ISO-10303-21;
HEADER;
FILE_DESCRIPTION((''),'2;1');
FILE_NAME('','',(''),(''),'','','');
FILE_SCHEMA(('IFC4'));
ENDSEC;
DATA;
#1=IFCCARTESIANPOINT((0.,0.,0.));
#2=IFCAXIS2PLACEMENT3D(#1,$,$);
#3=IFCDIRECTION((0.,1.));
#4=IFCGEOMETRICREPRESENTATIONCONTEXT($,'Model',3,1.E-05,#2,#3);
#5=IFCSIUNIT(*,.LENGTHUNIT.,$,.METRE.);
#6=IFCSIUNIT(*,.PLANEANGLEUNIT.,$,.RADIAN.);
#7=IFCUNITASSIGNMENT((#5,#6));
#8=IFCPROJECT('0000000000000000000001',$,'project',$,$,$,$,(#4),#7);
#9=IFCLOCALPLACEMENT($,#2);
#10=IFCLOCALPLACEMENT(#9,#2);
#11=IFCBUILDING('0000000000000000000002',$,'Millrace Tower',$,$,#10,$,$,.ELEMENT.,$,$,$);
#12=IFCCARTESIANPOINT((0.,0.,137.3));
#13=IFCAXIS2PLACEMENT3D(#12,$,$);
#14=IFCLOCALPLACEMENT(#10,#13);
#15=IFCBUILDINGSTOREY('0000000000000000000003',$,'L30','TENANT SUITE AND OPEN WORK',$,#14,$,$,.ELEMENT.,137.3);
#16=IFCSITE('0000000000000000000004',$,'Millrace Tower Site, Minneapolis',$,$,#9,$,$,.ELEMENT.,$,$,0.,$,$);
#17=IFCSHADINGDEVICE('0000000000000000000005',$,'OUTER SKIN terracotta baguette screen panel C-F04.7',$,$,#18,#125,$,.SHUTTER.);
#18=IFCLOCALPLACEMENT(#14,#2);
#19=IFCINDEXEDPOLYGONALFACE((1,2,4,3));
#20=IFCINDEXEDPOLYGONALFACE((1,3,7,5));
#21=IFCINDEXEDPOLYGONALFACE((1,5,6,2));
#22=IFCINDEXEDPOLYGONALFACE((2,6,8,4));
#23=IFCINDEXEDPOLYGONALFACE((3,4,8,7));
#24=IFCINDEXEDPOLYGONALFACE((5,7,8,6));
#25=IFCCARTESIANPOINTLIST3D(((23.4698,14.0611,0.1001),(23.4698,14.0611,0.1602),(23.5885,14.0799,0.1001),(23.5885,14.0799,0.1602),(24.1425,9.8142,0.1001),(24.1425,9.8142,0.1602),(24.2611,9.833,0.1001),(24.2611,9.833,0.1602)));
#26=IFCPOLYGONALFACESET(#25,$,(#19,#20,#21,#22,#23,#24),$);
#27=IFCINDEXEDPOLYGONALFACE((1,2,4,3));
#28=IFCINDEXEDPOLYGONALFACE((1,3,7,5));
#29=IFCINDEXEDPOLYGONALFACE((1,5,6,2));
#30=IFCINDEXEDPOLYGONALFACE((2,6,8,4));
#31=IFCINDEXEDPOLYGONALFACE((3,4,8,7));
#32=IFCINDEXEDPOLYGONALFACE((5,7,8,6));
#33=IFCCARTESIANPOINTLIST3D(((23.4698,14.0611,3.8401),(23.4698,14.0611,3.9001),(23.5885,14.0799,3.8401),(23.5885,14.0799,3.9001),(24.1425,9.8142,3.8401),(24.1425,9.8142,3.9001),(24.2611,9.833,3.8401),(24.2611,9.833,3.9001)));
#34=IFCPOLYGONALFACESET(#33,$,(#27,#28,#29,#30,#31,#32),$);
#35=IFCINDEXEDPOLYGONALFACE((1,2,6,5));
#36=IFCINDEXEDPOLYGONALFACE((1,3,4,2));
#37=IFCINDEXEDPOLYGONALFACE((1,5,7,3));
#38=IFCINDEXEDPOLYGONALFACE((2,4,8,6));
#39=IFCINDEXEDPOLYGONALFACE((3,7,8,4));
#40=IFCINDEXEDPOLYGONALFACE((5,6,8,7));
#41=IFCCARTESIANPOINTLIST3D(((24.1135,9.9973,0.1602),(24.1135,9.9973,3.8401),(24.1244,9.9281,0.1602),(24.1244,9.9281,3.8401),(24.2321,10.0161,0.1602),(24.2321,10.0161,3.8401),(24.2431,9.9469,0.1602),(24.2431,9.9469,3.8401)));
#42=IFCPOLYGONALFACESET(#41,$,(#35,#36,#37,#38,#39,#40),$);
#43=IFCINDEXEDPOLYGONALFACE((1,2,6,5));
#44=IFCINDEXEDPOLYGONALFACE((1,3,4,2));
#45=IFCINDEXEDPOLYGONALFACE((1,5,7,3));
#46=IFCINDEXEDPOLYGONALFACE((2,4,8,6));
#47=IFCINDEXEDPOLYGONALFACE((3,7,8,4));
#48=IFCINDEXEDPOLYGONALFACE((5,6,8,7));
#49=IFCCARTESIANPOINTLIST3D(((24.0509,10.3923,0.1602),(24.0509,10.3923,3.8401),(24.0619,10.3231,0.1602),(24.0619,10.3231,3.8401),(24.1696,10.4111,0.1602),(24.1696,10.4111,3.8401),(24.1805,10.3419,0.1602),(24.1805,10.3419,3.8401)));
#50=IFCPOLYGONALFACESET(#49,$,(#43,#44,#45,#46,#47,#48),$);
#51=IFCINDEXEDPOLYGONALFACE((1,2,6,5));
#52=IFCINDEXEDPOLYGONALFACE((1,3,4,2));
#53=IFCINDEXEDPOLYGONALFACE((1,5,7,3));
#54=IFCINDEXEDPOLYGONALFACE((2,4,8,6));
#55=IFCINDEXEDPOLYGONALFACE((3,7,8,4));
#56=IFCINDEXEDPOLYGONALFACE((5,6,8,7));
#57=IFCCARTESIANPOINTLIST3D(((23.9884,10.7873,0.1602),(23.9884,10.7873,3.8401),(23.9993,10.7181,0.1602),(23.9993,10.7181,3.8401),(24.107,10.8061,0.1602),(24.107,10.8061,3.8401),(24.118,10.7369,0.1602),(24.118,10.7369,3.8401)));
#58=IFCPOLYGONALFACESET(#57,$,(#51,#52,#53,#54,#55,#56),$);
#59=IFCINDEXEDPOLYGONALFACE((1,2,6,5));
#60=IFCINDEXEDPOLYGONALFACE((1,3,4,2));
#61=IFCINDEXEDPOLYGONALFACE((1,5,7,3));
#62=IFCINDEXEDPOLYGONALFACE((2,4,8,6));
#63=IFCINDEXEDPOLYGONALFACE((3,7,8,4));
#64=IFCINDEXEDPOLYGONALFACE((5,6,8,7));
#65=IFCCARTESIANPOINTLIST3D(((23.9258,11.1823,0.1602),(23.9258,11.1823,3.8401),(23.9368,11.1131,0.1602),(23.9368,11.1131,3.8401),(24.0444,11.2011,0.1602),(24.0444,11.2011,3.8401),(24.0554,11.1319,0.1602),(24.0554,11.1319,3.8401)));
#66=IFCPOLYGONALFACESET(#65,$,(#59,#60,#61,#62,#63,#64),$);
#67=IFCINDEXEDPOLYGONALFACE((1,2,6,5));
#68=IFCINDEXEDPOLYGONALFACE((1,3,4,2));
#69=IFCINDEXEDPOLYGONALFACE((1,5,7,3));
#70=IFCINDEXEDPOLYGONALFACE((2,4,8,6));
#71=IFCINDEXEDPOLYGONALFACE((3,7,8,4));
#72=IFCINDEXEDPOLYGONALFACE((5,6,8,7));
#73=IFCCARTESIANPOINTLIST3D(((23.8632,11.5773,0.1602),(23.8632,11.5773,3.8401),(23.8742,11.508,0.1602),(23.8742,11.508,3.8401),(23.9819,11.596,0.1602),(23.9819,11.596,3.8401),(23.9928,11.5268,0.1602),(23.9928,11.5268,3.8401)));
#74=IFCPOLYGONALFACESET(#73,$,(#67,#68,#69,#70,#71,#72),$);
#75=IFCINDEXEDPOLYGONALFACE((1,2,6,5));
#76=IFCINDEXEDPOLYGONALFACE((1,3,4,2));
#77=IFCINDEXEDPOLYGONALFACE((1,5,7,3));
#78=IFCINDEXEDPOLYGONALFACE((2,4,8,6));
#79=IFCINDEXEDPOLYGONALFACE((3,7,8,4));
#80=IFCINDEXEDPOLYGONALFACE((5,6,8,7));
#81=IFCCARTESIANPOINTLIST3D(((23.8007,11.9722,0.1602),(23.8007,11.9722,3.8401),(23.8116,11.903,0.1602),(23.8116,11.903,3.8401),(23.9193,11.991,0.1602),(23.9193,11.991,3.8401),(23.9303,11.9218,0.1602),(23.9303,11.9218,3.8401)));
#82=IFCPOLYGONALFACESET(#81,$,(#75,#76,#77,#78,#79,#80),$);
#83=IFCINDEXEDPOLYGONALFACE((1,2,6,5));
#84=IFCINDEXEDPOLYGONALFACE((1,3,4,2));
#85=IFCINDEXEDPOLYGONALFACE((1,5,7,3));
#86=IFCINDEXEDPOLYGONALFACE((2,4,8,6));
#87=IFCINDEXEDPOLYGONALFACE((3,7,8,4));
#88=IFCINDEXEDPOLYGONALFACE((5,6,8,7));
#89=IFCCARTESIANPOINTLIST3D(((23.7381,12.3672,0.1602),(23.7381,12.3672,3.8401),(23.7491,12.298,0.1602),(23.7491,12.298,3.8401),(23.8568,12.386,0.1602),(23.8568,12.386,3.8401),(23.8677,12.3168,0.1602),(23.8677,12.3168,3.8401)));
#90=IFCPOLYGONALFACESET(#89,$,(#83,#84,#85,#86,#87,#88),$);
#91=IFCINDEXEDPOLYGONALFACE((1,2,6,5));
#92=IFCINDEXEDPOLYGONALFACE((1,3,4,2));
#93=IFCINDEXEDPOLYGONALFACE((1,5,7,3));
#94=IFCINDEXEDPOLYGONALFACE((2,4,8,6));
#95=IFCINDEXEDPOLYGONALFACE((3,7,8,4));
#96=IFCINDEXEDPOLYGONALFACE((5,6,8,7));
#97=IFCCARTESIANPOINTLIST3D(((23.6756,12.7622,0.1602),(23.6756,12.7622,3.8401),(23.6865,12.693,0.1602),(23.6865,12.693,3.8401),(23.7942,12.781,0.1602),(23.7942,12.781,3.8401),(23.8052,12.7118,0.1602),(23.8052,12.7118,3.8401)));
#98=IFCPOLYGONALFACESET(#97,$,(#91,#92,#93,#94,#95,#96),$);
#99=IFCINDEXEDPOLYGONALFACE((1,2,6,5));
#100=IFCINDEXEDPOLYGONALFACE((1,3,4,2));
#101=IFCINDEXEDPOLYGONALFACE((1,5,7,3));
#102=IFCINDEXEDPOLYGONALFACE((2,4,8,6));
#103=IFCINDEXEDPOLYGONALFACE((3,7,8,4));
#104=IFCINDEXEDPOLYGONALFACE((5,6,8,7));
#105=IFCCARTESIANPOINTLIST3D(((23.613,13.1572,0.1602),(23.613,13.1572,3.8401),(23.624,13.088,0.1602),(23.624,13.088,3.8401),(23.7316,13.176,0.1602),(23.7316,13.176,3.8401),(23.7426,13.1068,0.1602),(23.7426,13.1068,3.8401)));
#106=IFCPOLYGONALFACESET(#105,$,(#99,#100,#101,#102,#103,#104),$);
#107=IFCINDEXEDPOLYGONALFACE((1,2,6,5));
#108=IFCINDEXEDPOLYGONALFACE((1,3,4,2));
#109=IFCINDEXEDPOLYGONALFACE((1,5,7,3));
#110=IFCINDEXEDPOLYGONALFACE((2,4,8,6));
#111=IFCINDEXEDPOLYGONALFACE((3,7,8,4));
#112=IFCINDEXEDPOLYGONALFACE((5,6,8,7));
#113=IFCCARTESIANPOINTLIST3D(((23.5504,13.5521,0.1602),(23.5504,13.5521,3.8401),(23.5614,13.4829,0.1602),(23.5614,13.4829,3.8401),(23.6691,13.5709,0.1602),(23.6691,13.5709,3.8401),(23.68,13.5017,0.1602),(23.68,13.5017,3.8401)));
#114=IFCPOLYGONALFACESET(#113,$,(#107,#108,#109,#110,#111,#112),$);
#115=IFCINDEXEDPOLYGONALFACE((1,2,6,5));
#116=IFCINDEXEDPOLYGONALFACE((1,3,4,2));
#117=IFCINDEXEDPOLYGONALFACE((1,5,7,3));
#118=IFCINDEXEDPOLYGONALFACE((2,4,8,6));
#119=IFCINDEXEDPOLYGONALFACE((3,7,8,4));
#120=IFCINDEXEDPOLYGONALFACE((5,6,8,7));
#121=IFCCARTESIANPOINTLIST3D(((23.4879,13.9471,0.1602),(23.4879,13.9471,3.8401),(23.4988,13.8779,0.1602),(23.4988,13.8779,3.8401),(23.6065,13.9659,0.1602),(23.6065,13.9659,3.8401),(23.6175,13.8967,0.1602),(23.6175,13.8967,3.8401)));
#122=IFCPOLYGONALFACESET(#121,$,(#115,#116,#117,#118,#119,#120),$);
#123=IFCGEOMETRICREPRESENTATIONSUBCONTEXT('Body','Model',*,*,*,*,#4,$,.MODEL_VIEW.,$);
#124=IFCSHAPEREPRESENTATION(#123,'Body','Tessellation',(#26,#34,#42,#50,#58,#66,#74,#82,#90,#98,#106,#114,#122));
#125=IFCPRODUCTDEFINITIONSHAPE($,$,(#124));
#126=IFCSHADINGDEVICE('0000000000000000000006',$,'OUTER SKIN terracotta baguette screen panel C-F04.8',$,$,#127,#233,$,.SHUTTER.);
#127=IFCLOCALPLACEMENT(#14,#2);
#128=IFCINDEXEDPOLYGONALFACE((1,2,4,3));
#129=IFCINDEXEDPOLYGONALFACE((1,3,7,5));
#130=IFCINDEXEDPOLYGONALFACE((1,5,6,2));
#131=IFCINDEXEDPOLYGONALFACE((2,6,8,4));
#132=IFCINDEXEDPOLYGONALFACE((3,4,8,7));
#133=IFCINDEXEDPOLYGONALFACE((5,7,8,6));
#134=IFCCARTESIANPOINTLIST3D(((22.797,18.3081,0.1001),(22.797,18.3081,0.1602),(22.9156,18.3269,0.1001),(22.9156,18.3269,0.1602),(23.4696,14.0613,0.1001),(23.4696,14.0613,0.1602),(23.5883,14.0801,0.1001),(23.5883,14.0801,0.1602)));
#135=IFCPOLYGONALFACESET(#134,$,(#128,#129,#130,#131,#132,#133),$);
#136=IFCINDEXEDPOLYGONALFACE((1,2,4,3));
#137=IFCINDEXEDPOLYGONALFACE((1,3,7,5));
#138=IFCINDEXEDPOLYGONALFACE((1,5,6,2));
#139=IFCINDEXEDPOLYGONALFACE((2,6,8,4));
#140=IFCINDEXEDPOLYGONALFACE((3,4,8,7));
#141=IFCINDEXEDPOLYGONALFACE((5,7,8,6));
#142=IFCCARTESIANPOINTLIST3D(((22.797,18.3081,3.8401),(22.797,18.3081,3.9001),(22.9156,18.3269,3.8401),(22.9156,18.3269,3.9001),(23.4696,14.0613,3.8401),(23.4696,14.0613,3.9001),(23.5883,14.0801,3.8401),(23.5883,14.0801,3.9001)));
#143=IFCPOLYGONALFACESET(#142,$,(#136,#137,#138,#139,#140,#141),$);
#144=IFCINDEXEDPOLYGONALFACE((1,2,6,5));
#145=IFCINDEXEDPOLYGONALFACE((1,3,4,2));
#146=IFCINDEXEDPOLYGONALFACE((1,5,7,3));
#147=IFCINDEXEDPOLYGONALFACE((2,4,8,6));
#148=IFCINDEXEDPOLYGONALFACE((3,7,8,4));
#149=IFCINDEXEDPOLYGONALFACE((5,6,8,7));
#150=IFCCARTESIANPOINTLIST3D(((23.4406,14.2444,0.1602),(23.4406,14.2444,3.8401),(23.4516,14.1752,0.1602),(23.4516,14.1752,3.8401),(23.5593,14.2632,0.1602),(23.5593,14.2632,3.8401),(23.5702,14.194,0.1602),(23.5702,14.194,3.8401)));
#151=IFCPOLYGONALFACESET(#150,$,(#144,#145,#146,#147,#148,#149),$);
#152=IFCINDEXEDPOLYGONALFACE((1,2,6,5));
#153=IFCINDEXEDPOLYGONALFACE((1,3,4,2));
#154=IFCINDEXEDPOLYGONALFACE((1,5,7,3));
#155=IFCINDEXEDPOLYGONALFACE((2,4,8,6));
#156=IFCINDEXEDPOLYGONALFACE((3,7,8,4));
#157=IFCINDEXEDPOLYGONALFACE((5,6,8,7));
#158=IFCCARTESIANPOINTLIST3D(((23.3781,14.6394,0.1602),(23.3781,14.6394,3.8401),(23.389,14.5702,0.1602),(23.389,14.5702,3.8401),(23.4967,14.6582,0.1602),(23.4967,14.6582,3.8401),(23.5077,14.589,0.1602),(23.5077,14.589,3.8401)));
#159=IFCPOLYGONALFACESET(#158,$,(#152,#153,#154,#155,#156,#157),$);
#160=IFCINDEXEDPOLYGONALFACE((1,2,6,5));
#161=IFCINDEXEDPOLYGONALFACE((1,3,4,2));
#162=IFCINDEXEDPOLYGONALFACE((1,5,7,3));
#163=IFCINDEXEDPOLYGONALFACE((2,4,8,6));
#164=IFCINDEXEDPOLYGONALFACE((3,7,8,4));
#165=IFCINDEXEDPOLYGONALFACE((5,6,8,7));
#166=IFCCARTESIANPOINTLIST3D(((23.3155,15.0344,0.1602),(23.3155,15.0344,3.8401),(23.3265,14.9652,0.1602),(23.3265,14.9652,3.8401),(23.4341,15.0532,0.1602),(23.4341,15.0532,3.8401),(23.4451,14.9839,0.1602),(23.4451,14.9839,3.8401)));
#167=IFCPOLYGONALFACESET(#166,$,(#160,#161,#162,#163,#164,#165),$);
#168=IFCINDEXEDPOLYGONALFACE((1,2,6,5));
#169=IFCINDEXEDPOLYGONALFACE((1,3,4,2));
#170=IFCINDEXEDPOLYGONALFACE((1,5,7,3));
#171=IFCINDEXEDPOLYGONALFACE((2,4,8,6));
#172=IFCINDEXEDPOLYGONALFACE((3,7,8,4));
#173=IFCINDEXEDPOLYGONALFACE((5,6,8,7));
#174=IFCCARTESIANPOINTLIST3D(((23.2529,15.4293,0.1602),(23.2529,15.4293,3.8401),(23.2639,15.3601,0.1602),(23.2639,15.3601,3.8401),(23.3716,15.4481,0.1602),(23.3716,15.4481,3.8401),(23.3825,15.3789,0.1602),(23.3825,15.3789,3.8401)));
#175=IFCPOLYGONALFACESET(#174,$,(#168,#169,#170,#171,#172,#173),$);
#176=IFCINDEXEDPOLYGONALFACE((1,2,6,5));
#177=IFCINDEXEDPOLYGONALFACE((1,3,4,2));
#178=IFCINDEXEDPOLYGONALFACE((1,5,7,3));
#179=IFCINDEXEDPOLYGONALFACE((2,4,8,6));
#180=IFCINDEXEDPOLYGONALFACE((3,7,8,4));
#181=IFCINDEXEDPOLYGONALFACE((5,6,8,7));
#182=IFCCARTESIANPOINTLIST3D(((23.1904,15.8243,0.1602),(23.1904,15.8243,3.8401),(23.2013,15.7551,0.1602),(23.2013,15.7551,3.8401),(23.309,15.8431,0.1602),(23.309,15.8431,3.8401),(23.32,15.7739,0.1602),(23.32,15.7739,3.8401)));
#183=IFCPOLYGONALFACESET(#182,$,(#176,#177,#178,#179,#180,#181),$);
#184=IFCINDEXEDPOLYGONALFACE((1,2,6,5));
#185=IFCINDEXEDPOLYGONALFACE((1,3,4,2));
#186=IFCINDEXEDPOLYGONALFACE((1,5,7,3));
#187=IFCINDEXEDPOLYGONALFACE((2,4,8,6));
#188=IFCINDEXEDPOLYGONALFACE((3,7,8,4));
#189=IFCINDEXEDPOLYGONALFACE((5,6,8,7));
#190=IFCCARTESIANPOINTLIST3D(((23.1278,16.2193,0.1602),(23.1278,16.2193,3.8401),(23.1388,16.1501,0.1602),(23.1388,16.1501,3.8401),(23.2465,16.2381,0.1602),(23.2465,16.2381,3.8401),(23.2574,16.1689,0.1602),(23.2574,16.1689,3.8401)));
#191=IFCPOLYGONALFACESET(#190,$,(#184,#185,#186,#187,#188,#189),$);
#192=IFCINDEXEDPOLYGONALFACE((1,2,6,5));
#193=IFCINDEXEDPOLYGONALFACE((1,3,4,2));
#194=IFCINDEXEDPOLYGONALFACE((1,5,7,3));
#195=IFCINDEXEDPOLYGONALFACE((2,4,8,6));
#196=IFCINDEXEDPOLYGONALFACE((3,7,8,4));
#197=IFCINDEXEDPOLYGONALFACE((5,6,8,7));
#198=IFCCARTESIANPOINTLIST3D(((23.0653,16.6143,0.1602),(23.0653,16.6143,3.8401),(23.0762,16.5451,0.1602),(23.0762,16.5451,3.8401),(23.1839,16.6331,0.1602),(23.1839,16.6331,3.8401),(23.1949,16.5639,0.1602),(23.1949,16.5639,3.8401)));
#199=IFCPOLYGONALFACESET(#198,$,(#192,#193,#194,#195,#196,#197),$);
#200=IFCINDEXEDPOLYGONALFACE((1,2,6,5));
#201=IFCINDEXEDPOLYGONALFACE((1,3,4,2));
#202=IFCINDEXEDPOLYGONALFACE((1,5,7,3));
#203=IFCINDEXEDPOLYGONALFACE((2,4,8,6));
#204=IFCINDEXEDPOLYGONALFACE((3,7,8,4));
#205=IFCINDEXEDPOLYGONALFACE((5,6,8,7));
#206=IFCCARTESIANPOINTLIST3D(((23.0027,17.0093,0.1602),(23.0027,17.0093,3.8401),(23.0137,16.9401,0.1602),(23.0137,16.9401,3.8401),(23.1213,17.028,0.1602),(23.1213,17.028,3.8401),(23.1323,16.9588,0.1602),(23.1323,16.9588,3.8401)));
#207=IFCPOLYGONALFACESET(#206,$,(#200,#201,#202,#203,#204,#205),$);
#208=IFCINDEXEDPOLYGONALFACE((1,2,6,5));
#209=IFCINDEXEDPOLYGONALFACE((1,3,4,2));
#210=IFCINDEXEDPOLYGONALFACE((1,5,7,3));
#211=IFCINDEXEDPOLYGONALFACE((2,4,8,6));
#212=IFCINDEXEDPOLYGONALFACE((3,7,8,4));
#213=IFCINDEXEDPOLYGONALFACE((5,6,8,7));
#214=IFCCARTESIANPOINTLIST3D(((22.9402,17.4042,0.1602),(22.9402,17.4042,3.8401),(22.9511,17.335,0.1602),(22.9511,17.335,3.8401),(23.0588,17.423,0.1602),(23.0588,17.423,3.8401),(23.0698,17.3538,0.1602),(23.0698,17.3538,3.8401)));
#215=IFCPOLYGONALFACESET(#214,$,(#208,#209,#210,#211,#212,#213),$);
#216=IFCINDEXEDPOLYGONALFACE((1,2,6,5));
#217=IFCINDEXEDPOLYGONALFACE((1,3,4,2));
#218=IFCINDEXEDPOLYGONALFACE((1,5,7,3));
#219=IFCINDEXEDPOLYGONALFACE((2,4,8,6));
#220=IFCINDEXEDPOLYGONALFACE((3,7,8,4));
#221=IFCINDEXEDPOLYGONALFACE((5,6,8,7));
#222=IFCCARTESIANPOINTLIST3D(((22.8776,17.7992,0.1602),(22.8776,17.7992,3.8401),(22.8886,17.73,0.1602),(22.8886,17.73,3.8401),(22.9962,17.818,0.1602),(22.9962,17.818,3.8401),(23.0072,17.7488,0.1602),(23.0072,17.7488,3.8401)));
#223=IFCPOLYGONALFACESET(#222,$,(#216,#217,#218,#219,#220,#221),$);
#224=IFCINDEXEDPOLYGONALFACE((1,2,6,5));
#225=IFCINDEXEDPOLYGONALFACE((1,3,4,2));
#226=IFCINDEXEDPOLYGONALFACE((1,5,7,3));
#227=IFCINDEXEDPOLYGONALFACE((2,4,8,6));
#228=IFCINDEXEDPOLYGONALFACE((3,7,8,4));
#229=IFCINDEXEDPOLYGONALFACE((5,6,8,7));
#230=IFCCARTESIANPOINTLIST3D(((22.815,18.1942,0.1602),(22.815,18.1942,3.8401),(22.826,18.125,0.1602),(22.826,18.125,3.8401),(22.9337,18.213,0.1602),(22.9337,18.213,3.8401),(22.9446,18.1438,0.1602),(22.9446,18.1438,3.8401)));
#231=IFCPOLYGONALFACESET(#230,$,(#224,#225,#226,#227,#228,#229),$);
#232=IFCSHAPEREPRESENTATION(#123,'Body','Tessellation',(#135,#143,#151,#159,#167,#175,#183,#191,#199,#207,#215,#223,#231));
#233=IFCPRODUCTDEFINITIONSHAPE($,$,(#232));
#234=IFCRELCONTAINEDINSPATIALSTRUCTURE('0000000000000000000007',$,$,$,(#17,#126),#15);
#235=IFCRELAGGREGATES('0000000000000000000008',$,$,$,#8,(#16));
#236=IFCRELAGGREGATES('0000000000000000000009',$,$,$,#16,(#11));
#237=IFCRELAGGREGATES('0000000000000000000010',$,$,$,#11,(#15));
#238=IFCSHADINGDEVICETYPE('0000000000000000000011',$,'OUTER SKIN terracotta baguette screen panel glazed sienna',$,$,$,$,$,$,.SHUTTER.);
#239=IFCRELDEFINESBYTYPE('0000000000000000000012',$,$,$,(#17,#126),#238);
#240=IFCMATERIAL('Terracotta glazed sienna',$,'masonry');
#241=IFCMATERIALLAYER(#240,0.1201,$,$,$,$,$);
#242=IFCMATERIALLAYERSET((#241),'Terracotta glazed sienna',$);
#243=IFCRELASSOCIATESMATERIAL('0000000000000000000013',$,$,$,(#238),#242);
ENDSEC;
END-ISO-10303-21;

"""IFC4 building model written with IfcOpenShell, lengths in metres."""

from ifc_helpers import new_model, entity, si_unit, direction, frame, frame_2d, origin, origin_2d, place, context, subcontext, project, spatial, rectangle, extrude, source, transform, mapped, material, layer, layer_set, type_object, element, save


model = new_model("IFC4")

# Units and contexts
model_context = context("Model", 3, precision=1e-05, world=origin(), true_north=direction((0.0, 1.0)))
body_context = subcontext(model_context, "Body", "Model", "MODEL_VIEW")
ifc_project = project(units=[si_unit("LENGTHUNIT", "METRE"), si_unit("PLANEANGLEUNIT", "RADIAN")], contexts=[model_context])

# Site, building, storey
site_placement = place(None, origin())
site = spatial("IfcSite", under=ifc_project, at=site_placement, Name="Millrace Tower Site, Minneapolis", CompositionType="ELEMENT", RefElevation=0.0)
building_placement = place(site_placement, origin())
building = spatial("IfcBuilding", under=site, at=building_placement, Name="Millrace Tower", CompositionType="ELEMENT")
storey_placement = place(building_placement, frame((0.0, 0.0, 137.3)))
storey = spatial("IfcBuildingStorey", under=building, at=storey_placement, Name="L30", Description="TENANT SUITE AND OPEN WORK", CompositionType="ELEMENT", Elevation=137.3)

# Shading devices
ifc_material_1 = material(Name="Terracotta glazed sienna", Category="masonry")
ifc_layer_1 = layer(ifc_material_1, 0.1201)
ifc_layer_set_1 = layer_set([ifc_layer_1], Name="Terracotta glazed sienna")
shading_device_type = type_object("IfcShadingDeviceType", Name="OUTER SKIN terracotta baguette screen panel glazed sienna", PredefinedType="SHUTTER", material=ifc_layer_set_1)
cartesian_point_1 = entity("IfcCartesianPoint", [-2.1499, 0.0601])
shared_polyline_1 = entity("IfcPolyline", [cartesian_point_1, entity("IfcCartesianPoint", [2.1499, 0.0601]), entity("IfcCartesianPoint", [2.1499, -0.0601]), entity("IfcCartesianPoint", [-2.1499, -0.0601]), cartesian_point_1])
shared_shape_1 = source(origin(), body_context, "Body", "SweptSolid", [
    entity("IfcExtrudedAreaSolid", entity("IfcArbitraryClosedProfileDef", "AREA", None, shared_polyline_1), entity("IfcAxis2Placement3D", entity("IfcCartesianPoint", [0.0, 0.0, 0.0])), entity("IfcDirection", [0.0, 0.0, 1.0]), 0.0601),
    entity("IfcExtrudedAreaSolid", entity("IfcArbitraryClosedProfileDef", "AREA", None, shared_polyline_1), entity("IfcAxis2Placement3D", entity("IfcCartesianPoint", [0.0, 0.0, 3.74])), entity("IfcDirection", [0.0, 0.0, 1.0]), 0.0601),
    extrude(rectangle(XDim=0.0701, YDim=0.1201, at=frame_2d((-1.9995, 0.0))), frame((0.0, 0.0, 0.0601)), (0.0, 0.0, 1.0), 3.6799),
    extrude(rectangle(XDim=0.0701, YDim=0.1201, at=frame_2d((-1.5996, 0.0))), frame((0.0, 0.0, 0.0601)), (0.0, 0.0, 1.0), 3.6799),
    extrude(rectangle(XDim=0.0701, YDim=0.1201, at=frame_2d((-1.1997, 0.0))), frame((0.0, 0.0, 0.0601)), (0.0, 0.0, 1.0), 3.6799),
    extrude(rectangle(XDim=0.0701, YDim=0.1201, at=frame_2d((-0.7998, 0.0))), frame((0.0, 0.0, 0.0601)), (0.0, 0.0, 1.0), 3.6799),
    extrude(rectangle(XDim=0.0701, YDim=0.1201, at=frame_2d((-0.3999, 0.0))), frame((0.0, 0.0, 0.0601)), (0.0, 0.0, 1.0), 3.6799),
    extrude(rectangle(XDim=0.0701, YDim=0.1201, at=origin_2d()), frame((0.0, 0.0, 0.0601)), (0.0, 0.0, 1.0), 3.6799),
    extrude(rectangle(XDim=0.0701, YDim=0.1201, at=frame_2d((0.3999, 0.0))), frame((0.0, 0.0, 0.0601)), (0.0, 0.0, 1.0), 3.6799),
    extrude(rectangle(XDim=0.0701, YDim=0.1201, at=frame_2d((0.7998, 0.0))), frame((0.0, 0.0, 0.0601)), (0.0, 0.0, 1.0), 3.6799),
    extrude(rectangle(XDim=0.0701, YDim=0.1201, at=frame_2d((1.1997, 0.0))), frame((0.0, 0.0, 0.0601)), (0.0, 0.0, 1.0), 3.6799),
    extrude(rectangle(XDim=0.0701, YDim=0.1201, at=frame_2d((1.5996, 0.0))), frame((0.0, 0.0, 0.0601)), (0.0, 0.0, 1.0), 3.6799),
    extrude(rectangle(XDim=0.0701, YDim=0.1201, at=frame_2d((1.9995, 0.0))), frame((0.0, 0.0, 0.0601)), (0.0, 0.0, 1.0), 3.6799),
])
for number, where, z_axis, x_axis, name in (
    (1, (23.8655, 11.947, 0.1001), (0.0, 0.0, 1.0), (-0.156434, 0.987688, 0.0), "OUTER SKIN terracotta baguette screen panel C-F04.7"),
    (2, (23.1926, 16.1941, 0.1001), (0.0, 0.0, 1.0), (-0.156434, 0.987688, 0.0), "OUTER SKIN terracotta baguette screen panel C-F04.8"),
):
    element("IfcShadingDevice", number, at=place(storey_placement, frame(where, z_axis=z_axis, x_axis=x_axis)), inside=storey, type_object=shading_device_type, Name=name, PredefinedType="SHUTTER", context=body_context, shape_type="MappedRepresentation", body=[
        mapped(shared_shape_1, transform((0.0, 0.0, 0.0), scale=1.0)),
    ])

save(model, "model.ifc")
